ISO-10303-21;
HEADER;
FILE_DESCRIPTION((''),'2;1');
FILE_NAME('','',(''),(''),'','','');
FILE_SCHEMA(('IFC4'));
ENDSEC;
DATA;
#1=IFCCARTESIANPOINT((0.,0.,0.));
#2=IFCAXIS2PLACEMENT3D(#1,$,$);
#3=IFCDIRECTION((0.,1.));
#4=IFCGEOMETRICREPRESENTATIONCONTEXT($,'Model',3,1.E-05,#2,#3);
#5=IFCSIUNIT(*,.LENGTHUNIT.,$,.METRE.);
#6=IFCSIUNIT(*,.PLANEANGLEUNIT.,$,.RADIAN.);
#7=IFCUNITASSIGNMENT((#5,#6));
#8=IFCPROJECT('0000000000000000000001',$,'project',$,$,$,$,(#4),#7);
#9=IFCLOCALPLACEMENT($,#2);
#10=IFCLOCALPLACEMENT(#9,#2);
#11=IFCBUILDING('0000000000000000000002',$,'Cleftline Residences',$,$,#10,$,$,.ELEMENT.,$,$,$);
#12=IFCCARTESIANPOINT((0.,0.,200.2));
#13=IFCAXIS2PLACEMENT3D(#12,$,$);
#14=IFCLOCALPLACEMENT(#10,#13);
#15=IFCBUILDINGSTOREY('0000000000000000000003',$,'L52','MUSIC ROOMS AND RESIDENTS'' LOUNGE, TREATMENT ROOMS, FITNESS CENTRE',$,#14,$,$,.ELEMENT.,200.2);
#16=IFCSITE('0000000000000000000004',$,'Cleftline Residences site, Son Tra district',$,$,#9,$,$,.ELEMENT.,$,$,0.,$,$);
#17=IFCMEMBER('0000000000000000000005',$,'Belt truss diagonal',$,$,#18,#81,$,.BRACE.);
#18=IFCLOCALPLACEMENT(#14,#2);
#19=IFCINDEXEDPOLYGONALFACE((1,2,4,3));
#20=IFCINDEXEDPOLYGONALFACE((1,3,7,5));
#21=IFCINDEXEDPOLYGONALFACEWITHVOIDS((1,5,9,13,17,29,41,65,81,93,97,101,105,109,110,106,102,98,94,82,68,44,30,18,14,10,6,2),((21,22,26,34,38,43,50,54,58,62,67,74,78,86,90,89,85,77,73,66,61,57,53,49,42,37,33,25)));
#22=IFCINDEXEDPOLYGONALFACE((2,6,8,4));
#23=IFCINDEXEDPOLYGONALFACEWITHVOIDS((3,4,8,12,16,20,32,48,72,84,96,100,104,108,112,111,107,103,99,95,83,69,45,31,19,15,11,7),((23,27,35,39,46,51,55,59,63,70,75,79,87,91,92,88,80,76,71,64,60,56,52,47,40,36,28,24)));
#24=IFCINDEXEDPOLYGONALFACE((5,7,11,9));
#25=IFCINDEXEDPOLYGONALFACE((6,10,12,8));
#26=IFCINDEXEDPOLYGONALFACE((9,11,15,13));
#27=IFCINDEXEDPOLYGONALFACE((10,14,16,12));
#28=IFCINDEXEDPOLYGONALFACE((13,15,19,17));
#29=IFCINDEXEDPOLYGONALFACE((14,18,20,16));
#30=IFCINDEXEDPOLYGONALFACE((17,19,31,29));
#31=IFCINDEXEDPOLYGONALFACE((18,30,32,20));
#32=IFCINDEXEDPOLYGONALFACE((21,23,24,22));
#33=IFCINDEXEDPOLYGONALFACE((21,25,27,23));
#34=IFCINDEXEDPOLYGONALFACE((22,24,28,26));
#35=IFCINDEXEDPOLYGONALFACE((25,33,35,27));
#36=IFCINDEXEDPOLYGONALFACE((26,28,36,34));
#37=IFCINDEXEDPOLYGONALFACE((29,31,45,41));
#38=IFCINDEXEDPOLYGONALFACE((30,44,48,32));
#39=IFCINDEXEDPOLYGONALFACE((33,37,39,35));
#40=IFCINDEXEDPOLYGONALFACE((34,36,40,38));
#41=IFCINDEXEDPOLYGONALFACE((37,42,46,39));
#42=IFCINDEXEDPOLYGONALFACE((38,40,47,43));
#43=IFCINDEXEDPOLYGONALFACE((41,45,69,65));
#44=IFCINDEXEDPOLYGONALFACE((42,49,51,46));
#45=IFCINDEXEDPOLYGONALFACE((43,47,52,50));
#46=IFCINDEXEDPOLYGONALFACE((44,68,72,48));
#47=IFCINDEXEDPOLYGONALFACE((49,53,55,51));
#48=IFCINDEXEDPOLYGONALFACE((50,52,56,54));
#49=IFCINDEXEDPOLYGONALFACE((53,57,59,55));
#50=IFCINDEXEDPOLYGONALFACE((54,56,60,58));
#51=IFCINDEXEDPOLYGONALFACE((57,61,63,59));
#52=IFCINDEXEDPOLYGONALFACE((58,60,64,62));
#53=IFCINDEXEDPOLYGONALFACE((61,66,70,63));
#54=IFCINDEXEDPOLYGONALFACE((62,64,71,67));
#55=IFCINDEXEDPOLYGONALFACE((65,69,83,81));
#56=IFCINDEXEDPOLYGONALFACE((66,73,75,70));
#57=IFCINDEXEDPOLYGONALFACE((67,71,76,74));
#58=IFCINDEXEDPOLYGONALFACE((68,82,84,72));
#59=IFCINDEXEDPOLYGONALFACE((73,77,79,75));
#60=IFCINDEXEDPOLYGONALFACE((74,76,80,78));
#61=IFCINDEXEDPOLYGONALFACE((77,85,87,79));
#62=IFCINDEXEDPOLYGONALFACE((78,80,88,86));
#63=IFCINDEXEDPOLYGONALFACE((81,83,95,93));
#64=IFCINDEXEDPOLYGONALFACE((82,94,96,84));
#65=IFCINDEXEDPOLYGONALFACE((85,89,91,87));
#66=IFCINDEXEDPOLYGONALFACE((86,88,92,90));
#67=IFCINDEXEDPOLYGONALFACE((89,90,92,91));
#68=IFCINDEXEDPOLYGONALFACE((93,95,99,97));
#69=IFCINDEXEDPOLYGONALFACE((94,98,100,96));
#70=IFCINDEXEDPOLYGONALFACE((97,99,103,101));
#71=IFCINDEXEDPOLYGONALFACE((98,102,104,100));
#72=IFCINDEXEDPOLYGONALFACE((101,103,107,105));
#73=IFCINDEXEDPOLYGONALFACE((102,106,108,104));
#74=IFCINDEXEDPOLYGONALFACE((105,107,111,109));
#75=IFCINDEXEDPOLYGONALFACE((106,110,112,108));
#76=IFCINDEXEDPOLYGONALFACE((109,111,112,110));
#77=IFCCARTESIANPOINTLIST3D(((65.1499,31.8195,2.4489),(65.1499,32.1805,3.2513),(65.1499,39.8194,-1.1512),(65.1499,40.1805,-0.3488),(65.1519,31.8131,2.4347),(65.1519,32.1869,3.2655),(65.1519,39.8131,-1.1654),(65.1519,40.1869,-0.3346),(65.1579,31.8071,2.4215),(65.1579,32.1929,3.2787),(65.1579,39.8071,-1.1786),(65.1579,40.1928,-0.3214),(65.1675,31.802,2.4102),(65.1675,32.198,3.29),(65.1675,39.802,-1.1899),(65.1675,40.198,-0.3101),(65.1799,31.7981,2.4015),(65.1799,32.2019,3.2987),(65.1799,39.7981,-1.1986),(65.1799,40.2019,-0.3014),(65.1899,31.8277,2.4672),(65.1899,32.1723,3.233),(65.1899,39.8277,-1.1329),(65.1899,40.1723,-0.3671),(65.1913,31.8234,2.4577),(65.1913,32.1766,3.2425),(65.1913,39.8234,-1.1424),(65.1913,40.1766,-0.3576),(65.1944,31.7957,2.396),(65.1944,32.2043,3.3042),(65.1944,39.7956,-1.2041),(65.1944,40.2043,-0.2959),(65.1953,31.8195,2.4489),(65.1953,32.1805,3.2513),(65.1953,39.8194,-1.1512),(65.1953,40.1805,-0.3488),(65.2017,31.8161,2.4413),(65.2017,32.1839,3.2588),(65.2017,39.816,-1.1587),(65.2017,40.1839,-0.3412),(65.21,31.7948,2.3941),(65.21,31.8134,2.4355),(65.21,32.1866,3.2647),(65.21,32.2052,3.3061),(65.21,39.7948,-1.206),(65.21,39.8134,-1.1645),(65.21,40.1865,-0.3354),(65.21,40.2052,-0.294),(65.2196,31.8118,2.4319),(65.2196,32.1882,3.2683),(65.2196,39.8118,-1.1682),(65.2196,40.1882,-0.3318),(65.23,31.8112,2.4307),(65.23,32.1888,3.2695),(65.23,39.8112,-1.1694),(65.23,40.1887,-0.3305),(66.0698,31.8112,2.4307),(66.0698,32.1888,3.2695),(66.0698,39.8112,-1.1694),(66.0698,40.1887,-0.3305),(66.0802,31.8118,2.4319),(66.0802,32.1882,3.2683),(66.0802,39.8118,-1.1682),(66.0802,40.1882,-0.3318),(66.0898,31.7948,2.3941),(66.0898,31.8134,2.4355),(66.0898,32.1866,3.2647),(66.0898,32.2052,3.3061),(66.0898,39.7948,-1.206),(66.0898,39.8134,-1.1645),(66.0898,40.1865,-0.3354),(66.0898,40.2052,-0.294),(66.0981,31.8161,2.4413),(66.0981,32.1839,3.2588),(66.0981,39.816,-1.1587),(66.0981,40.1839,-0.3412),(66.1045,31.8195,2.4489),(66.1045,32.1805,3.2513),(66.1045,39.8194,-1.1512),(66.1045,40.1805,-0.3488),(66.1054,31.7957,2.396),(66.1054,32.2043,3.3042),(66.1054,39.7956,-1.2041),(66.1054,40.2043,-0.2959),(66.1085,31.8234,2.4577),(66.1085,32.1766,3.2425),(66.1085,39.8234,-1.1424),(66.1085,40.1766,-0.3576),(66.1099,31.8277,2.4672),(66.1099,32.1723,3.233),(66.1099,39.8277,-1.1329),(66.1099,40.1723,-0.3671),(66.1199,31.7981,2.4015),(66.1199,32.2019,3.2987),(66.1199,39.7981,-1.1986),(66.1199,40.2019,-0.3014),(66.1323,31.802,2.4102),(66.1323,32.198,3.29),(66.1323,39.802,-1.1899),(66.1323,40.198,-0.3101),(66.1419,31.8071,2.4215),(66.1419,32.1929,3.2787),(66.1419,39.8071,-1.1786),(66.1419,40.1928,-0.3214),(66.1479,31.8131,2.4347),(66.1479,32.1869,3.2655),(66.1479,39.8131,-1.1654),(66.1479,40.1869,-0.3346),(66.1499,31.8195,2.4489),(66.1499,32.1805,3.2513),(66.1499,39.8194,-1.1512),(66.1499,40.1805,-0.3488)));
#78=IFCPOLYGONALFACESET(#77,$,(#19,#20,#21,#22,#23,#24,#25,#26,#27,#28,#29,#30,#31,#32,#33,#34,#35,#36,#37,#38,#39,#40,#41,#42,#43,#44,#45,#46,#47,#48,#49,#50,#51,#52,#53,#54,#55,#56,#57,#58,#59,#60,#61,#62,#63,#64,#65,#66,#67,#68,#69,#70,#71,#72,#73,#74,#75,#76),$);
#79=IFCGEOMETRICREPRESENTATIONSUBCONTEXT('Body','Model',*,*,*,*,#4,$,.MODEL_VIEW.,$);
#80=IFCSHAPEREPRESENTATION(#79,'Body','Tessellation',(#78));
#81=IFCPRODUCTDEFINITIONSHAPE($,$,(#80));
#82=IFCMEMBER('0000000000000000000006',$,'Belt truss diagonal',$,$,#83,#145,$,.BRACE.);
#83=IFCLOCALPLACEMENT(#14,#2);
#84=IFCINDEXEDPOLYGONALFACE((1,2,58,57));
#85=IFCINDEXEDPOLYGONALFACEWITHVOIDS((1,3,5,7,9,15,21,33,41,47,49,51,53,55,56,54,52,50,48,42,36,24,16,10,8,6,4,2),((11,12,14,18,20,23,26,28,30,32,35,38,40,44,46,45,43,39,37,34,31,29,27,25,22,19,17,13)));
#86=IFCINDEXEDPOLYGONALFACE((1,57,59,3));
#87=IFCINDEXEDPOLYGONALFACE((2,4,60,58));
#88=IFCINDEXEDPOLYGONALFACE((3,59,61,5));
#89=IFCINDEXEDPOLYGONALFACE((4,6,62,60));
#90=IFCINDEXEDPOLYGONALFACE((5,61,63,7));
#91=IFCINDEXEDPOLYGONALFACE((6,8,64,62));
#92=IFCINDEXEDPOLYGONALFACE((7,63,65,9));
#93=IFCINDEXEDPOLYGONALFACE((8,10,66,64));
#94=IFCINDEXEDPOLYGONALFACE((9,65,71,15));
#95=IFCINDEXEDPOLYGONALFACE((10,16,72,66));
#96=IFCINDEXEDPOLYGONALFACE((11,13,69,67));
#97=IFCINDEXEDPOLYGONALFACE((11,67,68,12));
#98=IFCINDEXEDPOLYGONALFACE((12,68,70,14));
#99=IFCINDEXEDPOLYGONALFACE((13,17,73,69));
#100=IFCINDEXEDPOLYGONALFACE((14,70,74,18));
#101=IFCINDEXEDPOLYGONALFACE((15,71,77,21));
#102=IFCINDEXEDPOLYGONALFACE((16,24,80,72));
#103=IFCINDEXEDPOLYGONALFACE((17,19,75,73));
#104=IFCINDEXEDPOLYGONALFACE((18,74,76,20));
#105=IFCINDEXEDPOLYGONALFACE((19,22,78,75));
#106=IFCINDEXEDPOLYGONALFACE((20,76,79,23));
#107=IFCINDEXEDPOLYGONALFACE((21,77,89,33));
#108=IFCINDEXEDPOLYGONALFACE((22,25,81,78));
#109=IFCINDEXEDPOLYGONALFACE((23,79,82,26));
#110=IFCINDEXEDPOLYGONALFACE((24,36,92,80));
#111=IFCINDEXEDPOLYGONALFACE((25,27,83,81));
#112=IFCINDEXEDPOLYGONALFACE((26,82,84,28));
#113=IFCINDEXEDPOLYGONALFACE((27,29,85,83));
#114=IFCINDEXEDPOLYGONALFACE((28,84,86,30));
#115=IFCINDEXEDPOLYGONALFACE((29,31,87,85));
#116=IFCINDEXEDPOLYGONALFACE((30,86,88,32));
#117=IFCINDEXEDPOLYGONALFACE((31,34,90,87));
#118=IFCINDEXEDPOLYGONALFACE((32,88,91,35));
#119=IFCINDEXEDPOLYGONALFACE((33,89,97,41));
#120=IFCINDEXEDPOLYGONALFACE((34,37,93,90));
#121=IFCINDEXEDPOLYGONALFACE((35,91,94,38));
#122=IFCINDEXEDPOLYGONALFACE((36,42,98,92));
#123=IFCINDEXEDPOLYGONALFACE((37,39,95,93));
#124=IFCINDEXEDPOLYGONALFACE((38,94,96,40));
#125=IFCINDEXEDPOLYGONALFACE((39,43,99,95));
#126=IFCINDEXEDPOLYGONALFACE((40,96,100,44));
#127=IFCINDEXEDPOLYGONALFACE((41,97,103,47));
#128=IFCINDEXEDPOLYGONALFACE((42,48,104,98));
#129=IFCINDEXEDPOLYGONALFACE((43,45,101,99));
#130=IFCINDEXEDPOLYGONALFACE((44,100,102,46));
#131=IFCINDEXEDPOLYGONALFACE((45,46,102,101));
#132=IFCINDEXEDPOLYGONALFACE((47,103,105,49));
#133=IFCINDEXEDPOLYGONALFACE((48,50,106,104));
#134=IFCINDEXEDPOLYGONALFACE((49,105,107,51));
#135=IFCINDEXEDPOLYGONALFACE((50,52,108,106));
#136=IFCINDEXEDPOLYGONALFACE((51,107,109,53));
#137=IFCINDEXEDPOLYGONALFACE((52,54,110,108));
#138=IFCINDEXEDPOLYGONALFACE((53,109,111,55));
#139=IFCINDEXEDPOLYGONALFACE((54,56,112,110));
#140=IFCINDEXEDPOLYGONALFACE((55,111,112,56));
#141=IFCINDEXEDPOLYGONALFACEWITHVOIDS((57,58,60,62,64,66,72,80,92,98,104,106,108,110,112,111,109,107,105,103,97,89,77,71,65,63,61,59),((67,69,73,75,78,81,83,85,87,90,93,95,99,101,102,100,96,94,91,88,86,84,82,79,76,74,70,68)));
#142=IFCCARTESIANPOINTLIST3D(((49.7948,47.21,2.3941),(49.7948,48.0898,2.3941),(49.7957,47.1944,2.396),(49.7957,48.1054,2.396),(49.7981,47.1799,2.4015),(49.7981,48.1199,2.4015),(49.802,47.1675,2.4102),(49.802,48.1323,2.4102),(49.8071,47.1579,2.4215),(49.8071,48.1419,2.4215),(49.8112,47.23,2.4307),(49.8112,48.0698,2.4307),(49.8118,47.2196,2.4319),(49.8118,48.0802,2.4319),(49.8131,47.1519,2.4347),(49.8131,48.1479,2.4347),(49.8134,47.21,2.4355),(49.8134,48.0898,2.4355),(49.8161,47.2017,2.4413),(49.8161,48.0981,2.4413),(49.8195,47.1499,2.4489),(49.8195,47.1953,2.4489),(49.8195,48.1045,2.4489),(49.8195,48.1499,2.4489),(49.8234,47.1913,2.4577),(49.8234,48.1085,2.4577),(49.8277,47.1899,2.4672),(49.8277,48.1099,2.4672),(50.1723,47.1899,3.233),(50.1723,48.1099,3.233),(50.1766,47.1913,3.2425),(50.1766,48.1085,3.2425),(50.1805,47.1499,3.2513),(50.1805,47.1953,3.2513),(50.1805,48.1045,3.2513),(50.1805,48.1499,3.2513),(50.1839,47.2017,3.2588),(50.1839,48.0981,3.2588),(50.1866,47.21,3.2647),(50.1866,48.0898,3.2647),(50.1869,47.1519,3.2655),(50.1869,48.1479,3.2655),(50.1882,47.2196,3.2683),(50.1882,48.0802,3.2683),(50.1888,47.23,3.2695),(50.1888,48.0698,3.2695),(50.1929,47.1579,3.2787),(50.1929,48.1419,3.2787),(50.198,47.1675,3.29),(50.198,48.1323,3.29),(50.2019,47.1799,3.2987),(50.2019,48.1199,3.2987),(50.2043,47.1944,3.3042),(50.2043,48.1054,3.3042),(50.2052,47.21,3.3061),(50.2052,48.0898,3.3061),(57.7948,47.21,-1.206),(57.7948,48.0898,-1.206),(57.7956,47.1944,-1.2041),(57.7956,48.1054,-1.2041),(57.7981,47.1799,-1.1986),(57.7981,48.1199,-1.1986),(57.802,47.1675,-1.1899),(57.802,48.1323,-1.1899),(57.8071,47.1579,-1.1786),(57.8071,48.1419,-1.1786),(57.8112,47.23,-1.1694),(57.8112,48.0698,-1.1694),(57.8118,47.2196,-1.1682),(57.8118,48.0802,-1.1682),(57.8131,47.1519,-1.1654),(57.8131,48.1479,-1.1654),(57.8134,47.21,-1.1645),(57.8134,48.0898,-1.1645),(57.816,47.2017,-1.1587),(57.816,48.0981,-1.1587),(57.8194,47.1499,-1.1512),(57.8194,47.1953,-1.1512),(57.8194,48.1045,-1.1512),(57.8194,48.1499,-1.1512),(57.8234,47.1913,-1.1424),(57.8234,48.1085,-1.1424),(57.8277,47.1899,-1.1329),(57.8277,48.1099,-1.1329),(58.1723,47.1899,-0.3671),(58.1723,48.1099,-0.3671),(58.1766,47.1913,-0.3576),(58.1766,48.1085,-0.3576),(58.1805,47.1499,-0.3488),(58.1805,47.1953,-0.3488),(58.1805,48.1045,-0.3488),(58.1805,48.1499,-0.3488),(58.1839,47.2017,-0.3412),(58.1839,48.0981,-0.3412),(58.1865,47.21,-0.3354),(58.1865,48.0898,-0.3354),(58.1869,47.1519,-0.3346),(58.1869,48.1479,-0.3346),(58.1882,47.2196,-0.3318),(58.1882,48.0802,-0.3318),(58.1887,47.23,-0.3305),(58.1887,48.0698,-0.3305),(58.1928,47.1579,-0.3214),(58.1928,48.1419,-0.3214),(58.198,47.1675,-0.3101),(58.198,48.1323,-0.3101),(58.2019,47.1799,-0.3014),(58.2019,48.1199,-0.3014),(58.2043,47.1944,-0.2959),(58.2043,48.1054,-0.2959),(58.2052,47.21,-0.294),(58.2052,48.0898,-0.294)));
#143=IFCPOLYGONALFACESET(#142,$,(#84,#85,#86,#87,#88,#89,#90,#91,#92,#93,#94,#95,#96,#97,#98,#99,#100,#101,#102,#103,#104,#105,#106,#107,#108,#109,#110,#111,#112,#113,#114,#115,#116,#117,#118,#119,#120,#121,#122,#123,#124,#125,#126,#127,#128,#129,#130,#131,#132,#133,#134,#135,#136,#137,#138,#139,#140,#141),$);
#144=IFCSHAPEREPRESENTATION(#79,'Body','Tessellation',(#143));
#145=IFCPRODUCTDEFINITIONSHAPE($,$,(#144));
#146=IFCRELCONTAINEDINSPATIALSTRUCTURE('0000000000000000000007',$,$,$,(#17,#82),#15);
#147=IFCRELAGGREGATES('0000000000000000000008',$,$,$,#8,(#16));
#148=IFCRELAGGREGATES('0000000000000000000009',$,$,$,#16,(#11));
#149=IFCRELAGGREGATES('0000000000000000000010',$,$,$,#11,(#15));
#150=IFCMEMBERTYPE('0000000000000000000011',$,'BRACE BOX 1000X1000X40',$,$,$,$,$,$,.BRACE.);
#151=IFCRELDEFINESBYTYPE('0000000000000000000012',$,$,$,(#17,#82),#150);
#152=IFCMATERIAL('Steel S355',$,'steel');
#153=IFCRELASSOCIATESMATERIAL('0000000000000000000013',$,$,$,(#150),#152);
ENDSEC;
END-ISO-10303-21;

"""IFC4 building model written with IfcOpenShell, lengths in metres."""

from ifc_helpers import new_model, si_unit, direction, frame, origin, origin_2d, place, context, subcontext, project, spatial, hollow_rectangle, extrude, material, material_profile, profile_set, type_object, element, save


model = new_model("IFC4")

# Units and contexts
model_context = context("Model", 3, precision=1e-05, world=origin(), true_north=direction((0.0, 1.0)))
body_context = subcontext(model_context, "Body", "Model", "MODEL_VIEW")
ifc_project = project(units=[si_unit("LENGTHUNIT", "METRE"), si_unit("PLANEANGLEUNIT", "RADIAN")], contexts=[model_context])

# Site, building, storey
site_placement = place(None, origin())
site = spatial("IfcSite", under=ifc_project, at=site_placement, Name="Cleftline Residences site, Son Tra district", CompositionType="ELEMENT", RefElevation=0.0)
building_placement = place(site_placement, origin())
building = spatial("IfcBuilding", under=site, at=building_placement, Name="Cleftline Residences", CompositionType="ELEMENT")
storey_placement = place(building_placement, frame((0.0, 0.0, 200.2)))
storey = spatial("IfcBuildingStorey", under=building, at=storey_placement, Name="L52", Description="MUSIC ROOMS AND RESIDENTS' LOUNGE, TREATMENT ROOMS, FITNESS CENTRE", CompositionType="ELEMENT", Elevation=200.2)

# Members
ifc_material_1 = material(Name="Steel S355", Category="steel")
ifc_material_profile_1 = material_profile(ifc_material_1, hollow_rectangle(XDim=1.0, YDim=1.0, WallThickness=0.04, InnerFilletRadius=0.04, OuterFilletRadius=0.0601, at=origin_2d()))
ifc_profile_set_1 = profile_set([ifc_material_profile_1], Name="Steel S355")
member_type_1 = type_object("IfcMemberType", Name="BRACE BOX 1000X1000X40", PredefinedType="BRACE", material=ifc_profile_set_1)
for number, where, z_axis, x_axis, name in (
    (1, (65.6499, 32.0, 2.8501), (0.0, 0.911917, -0.410374), (0.0, 0.410374, 0.911917), "Belt truss diagonal"),
    (2, (50.0, 47.6499, 2.8501), (0.911917, 0.0, -0.410374), (0.410374, 0.0, 0.911917), "Belt truss diagonal"),
):
    element("IfcMember", number, at=place(storey_placement, frame(where, z_axis=z_axis, x_axis=x_axis)), inside=storey, type_object=member_type_1, Name=name, PredefinedType="BRACE", context=body_context, shape_type="SweptSolid", body=[
        extrude(hollow_rectangle(XDim=1.0, YDim=1.0, WallThickness=0.04, InnerFilletRadius=0.04, OuterFilletRadius=0.0601, at=origin_2d()), origin(), (0.0, 0.0, 1.0), 8.7727),
    ])

save(model, "model.ifc")
